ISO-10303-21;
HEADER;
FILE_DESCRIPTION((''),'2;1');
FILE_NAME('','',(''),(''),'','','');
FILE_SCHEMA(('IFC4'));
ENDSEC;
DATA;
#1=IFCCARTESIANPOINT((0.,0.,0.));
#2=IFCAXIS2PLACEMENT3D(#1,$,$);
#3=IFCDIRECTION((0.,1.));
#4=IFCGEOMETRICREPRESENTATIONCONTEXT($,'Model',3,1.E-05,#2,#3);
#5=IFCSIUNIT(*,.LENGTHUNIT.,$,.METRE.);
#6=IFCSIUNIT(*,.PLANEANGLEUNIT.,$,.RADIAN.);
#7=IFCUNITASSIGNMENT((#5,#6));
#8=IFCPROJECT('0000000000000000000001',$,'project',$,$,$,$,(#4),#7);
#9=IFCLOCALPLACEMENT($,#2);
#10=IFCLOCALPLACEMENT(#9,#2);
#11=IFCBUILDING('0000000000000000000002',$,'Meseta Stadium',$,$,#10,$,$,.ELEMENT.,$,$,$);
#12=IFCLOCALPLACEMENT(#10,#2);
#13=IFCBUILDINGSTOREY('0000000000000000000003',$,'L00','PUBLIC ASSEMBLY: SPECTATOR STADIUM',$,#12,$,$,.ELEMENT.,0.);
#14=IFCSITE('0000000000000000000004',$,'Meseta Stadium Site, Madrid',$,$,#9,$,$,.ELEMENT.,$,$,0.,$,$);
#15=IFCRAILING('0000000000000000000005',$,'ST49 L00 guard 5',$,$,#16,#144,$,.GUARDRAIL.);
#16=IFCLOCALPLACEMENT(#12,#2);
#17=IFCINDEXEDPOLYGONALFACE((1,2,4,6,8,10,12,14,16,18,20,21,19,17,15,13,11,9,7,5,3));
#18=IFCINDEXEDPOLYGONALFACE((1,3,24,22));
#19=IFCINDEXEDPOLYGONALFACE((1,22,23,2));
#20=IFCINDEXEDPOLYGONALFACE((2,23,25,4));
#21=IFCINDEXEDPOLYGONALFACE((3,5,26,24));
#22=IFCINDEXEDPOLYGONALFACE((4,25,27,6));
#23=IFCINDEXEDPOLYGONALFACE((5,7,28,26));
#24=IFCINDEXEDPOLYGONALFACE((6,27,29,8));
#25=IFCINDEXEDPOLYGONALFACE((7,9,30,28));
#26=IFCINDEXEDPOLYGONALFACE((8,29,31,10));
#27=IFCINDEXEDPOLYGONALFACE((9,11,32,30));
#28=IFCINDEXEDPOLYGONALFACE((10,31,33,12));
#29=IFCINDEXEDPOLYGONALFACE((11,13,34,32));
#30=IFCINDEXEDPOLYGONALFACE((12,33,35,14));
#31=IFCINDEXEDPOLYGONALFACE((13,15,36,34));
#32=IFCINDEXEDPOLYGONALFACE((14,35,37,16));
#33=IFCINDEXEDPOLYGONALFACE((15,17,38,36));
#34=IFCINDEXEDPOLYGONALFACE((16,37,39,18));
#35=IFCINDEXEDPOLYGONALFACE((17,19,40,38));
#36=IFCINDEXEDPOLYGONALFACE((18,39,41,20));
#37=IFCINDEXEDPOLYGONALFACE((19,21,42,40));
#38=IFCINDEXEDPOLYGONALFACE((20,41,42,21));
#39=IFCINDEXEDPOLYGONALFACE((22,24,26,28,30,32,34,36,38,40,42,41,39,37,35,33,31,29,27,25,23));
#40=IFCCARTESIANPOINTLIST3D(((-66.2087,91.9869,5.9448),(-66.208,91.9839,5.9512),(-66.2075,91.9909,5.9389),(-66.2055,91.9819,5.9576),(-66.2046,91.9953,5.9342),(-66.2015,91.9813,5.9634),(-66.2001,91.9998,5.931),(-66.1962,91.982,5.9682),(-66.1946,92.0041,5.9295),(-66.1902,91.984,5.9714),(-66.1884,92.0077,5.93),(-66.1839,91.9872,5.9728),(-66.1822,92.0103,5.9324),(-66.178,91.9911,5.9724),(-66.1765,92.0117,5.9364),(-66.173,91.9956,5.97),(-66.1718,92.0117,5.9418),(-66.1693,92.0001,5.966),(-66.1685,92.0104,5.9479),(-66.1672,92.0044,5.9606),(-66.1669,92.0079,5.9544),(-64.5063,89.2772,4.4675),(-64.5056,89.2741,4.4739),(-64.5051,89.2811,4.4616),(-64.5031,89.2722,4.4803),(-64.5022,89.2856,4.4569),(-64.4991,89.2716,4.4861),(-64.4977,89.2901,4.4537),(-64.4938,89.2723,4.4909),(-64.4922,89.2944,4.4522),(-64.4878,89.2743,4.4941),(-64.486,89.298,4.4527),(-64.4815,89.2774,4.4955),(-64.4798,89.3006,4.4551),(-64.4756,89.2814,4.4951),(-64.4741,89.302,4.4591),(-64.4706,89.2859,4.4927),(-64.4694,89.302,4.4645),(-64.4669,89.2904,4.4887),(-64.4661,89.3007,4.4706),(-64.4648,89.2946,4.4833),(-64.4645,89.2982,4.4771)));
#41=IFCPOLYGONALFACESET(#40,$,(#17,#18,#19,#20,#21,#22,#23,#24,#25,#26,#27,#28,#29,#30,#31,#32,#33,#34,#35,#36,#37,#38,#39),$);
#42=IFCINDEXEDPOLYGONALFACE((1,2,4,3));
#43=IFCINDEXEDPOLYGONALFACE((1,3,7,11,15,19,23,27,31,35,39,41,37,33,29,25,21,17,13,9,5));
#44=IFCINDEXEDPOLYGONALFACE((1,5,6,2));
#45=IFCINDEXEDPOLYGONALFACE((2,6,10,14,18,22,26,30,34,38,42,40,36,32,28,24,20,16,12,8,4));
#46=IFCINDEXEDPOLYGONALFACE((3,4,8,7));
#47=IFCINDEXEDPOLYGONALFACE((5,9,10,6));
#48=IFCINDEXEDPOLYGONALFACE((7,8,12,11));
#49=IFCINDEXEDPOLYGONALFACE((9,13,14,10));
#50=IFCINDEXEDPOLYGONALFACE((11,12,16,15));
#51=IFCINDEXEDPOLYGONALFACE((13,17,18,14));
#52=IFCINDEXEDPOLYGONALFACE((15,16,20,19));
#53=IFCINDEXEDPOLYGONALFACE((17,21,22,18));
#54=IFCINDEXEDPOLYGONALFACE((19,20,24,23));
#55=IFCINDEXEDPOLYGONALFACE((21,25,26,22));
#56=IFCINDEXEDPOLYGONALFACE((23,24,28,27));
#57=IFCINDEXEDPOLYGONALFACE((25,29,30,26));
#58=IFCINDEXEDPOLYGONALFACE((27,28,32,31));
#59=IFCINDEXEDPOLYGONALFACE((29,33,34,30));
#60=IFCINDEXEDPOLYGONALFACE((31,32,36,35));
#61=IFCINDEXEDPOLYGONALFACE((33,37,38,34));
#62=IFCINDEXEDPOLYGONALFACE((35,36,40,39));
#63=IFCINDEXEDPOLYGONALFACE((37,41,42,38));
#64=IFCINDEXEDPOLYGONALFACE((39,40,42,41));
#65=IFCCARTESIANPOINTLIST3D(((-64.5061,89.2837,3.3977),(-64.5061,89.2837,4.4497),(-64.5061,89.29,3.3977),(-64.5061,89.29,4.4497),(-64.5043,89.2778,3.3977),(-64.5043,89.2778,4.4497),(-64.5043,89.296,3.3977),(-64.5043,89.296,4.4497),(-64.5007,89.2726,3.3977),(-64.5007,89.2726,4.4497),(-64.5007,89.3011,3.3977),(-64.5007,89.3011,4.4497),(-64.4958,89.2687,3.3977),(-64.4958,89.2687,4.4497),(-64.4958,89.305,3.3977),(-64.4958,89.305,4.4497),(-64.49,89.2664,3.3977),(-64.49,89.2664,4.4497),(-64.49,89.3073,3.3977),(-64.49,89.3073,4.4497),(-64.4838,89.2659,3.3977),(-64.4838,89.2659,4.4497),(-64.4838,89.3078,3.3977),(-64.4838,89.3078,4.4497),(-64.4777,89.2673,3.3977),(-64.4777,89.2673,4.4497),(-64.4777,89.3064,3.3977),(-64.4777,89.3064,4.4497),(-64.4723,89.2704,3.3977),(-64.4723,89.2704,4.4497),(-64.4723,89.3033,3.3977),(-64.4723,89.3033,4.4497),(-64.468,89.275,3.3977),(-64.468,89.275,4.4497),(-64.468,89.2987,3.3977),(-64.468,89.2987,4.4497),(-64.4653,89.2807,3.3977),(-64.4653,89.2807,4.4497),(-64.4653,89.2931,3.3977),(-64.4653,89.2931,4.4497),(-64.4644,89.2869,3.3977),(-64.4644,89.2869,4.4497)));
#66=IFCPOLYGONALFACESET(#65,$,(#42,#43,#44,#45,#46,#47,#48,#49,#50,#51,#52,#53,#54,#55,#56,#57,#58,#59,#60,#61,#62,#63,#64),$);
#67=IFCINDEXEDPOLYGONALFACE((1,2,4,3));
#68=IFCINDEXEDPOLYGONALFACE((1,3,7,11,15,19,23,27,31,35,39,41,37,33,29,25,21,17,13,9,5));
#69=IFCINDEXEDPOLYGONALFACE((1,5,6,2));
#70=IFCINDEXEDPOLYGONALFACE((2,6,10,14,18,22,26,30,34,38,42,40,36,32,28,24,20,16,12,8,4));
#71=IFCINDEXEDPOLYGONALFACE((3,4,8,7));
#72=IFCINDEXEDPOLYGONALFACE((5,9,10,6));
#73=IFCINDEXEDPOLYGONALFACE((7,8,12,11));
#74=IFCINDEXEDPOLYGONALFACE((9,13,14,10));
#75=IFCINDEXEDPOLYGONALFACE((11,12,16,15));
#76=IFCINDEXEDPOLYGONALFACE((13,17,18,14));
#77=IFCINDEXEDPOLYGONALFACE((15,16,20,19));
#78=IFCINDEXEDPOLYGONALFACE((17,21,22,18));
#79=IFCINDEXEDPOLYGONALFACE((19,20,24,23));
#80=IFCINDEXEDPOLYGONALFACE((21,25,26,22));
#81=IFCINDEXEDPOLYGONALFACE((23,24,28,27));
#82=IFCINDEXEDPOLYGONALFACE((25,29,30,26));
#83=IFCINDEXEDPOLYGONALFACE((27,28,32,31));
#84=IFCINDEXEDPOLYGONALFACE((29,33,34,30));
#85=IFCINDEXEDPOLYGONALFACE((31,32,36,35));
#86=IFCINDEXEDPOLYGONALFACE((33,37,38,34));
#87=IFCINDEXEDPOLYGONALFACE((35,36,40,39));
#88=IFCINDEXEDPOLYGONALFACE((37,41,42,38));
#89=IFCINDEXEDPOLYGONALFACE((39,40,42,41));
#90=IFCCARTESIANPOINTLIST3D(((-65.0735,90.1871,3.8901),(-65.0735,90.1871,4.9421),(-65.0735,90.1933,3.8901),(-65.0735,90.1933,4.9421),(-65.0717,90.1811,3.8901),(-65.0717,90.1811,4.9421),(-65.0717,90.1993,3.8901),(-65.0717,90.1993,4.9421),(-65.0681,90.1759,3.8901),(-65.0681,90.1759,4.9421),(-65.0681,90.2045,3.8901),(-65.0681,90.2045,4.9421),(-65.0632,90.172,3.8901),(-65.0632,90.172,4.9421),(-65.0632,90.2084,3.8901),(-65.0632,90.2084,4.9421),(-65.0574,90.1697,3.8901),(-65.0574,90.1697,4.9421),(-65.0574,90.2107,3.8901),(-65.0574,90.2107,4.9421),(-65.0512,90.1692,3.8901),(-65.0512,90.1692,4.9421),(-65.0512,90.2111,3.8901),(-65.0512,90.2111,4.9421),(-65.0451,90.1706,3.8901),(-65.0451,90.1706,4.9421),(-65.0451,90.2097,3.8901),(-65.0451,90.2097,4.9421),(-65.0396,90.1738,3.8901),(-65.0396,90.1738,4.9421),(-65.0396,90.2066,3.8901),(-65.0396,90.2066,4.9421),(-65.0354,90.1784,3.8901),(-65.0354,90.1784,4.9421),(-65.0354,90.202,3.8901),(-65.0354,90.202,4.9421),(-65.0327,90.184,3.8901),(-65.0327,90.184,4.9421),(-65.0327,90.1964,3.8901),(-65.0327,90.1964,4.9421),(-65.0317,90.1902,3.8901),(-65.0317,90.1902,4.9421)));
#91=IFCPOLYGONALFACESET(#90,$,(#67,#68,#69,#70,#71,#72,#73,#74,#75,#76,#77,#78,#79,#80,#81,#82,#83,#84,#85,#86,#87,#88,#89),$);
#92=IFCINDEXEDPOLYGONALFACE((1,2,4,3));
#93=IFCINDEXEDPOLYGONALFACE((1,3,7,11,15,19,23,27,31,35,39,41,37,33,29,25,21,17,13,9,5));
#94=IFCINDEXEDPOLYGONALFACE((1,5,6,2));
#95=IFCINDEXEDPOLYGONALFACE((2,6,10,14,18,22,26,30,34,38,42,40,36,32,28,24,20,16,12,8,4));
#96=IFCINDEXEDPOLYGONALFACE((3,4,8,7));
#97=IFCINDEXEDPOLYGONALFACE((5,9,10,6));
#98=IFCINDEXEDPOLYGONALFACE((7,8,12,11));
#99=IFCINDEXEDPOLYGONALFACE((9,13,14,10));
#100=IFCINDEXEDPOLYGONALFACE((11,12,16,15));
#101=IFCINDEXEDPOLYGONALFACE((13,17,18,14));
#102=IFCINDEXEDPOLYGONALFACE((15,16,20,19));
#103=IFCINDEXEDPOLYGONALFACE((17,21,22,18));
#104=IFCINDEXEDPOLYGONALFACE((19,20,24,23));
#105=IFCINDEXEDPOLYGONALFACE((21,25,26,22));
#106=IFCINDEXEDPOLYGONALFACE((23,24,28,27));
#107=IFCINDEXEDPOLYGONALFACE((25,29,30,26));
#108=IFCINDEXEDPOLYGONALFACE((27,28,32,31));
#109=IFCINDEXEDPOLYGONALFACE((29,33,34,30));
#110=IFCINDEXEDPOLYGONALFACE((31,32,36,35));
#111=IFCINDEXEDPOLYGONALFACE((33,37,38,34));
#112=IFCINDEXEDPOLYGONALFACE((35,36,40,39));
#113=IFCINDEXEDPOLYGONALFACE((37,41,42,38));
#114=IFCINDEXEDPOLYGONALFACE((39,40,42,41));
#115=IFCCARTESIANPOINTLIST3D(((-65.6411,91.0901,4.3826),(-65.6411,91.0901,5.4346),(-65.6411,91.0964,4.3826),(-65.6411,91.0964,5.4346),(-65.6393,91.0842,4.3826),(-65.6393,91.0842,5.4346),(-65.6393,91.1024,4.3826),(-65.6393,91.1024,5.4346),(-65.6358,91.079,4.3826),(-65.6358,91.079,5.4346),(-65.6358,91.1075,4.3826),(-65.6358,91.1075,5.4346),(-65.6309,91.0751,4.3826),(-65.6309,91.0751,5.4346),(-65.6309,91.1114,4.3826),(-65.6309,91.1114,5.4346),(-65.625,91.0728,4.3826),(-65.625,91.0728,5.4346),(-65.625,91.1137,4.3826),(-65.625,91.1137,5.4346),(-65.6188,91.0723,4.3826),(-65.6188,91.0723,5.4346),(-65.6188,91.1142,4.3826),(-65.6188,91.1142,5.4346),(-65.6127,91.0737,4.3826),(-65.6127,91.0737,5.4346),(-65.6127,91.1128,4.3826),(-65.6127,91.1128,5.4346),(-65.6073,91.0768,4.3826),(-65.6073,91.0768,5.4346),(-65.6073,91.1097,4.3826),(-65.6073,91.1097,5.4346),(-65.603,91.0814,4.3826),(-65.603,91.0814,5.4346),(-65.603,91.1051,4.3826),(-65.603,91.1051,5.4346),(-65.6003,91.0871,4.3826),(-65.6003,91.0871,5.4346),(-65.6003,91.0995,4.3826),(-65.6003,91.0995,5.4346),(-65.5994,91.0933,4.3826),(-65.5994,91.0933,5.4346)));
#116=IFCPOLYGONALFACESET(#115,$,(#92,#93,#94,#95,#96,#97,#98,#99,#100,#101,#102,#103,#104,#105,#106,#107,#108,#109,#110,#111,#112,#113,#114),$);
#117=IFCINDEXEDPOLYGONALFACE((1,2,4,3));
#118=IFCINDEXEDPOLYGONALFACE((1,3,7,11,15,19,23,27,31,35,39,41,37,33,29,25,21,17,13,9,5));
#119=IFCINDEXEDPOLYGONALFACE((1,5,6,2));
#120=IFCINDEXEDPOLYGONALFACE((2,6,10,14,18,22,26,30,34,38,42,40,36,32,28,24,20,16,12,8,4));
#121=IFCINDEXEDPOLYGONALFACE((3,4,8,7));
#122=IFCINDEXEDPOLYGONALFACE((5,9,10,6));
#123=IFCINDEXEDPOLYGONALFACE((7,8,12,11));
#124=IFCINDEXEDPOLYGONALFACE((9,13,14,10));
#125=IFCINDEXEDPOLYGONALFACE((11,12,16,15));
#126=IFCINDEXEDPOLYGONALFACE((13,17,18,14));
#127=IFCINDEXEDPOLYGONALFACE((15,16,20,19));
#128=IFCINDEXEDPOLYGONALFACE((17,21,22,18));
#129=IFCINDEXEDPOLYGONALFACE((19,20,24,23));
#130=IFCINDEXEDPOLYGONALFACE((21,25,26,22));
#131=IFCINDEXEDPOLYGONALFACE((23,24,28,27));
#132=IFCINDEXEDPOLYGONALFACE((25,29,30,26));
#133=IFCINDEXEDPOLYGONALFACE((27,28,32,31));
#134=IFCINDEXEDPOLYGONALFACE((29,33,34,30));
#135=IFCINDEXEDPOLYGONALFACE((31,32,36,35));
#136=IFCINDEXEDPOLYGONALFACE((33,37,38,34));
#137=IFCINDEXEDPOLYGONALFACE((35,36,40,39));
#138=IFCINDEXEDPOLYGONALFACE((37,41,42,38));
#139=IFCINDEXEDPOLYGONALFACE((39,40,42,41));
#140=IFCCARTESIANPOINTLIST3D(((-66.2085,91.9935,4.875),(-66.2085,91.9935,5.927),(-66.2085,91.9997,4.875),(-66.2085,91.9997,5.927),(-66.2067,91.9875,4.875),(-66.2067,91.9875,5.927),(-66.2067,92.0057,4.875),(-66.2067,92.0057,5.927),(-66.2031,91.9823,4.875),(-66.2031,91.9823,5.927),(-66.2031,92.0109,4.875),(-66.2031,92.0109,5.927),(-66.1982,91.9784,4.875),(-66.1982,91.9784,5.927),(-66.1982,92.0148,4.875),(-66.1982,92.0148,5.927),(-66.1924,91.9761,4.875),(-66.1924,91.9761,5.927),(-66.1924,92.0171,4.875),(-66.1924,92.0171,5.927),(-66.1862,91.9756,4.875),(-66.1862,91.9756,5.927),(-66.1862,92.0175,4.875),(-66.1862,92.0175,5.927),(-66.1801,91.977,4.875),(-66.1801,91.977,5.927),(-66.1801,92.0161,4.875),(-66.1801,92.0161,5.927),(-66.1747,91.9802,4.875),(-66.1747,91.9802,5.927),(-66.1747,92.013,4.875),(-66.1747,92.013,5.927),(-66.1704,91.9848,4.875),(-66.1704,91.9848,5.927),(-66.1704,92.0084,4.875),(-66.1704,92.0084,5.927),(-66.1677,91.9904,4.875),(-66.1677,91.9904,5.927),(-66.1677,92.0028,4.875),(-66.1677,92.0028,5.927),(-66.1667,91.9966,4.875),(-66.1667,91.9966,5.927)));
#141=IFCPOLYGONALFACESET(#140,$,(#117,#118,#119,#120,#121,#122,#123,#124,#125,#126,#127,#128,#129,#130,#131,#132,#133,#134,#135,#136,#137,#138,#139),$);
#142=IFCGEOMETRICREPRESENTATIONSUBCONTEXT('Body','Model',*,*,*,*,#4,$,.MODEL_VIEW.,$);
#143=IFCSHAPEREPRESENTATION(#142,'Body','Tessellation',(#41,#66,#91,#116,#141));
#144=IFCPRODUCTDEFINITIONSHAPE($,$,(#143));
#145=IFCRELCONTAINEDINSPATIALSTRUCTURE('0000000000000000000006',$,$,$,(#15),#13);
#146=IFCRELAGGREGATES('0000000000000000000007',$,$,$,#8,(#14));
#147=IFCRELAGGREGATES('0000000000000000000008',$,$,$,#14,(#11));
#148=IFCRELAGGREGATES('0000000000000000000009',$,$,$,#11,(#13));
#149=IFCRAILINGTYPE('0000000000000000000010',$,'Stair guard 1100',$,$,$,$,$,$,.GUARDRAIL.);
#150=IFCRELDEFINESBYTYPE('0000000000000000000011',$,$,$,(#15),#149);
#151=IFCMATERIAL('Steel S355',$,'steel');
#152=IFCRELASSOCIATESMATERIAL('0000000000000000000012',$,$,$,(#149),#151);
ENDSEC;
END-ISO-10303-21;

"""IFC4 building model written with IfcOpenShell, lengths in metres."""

from ifc_helpers import new_model, si_unit, direction, frame, origin, origin_2d, place, context, subcontext, project, spatial, circle, extrude, material, type_object, element, save


model = new_model("IFC4")

# Units and contexts
model_context = context("Model", 3, precision=1e-05, world=origin(), true_north=direction((0.0, 1.0)))
body_context = subcontext(model_context, "Body", "Model", "MODEL_VIEW")
ifc_project = project(units=[si_unit("LENGTHUNIT", "METRE"), si_unit("PLANEANGLEUNIT", "RADIAN")], contexts=[model_context])

# Site, building, storey
site_placement = place(None, origin())
site = spatial("IfcSite", under=ifc_project, at=site_placement, Name="Meseta Stadium Site, Madrid", CompositionType="ELEMENT", RefElevation=0.0)
building_placement = place(site_placement, origin())
building = spatial("IfcBuilding", under=site, at=building_placement, Name="Meseta Stadium", CompositionType="ELEMENT")
storey_placement = place(building_placement, origin())
storey = spatial("IfcBuildingStorey", under=building, at=storey_placement, Name="L00", Description="PUBLIC ASSEMBLY: SPECTATOR STADIUM", CompositionType="ELEMENT", Elevation=0.0)

# Railing
ifc_material_1 = material(Name="Steel S355", Category="steel")
railing_type_1 = type_object("IfcRailingType", Name="Stair guard 1100", PredefinedType="GUARDRAIL", material=ifc_material_1)
railing_1_placement = place(storey_placement, frame((-64.4854, 89.2869, 3.3977)))
element("IfcRailing", 1, at=railing_1_placement, inside=storey, type_object=railing_type_1, Name="ST49 L00 guard 5", PredefinedType="GUARDRAIL", context=body_context, shape_type="SweptSolid", body=[
    extrude(circle(Radius=0.0239, at=origin_2d()), frame((0.0, 0.0, 1.0762), z_axis=(-0.482997, 0.768792, 0.419133), x_axis=(-0.846757, -0.531979, 0.0)), (0.0, 0.0, 1.0), 3.5247),
    extrude(circle(Radius=0.021, at=origin_2d()), origin(), (0.0, 0.0, 1.0), 1.052),
    extrude(circle(Radius=0.021, at=origin_2d()), frame((-0.5674, 0.9033, 0.4924)), (0.0, 0.0, 1.0), 1.052),
    extrude(circle(Radius=0.021, at=origin_2d()), frame((-1.135, 1.8064, 0.9849)), (0.0, 0.0, 1.0), 1.052),
    extrude(circle(Radius=0.021, at=origin_2d()), frame((-1.7024, 2.7097, 1.4773)), (0.0, 0.0, 1.0), 1.052),
])

save(model, "model.ifc")
